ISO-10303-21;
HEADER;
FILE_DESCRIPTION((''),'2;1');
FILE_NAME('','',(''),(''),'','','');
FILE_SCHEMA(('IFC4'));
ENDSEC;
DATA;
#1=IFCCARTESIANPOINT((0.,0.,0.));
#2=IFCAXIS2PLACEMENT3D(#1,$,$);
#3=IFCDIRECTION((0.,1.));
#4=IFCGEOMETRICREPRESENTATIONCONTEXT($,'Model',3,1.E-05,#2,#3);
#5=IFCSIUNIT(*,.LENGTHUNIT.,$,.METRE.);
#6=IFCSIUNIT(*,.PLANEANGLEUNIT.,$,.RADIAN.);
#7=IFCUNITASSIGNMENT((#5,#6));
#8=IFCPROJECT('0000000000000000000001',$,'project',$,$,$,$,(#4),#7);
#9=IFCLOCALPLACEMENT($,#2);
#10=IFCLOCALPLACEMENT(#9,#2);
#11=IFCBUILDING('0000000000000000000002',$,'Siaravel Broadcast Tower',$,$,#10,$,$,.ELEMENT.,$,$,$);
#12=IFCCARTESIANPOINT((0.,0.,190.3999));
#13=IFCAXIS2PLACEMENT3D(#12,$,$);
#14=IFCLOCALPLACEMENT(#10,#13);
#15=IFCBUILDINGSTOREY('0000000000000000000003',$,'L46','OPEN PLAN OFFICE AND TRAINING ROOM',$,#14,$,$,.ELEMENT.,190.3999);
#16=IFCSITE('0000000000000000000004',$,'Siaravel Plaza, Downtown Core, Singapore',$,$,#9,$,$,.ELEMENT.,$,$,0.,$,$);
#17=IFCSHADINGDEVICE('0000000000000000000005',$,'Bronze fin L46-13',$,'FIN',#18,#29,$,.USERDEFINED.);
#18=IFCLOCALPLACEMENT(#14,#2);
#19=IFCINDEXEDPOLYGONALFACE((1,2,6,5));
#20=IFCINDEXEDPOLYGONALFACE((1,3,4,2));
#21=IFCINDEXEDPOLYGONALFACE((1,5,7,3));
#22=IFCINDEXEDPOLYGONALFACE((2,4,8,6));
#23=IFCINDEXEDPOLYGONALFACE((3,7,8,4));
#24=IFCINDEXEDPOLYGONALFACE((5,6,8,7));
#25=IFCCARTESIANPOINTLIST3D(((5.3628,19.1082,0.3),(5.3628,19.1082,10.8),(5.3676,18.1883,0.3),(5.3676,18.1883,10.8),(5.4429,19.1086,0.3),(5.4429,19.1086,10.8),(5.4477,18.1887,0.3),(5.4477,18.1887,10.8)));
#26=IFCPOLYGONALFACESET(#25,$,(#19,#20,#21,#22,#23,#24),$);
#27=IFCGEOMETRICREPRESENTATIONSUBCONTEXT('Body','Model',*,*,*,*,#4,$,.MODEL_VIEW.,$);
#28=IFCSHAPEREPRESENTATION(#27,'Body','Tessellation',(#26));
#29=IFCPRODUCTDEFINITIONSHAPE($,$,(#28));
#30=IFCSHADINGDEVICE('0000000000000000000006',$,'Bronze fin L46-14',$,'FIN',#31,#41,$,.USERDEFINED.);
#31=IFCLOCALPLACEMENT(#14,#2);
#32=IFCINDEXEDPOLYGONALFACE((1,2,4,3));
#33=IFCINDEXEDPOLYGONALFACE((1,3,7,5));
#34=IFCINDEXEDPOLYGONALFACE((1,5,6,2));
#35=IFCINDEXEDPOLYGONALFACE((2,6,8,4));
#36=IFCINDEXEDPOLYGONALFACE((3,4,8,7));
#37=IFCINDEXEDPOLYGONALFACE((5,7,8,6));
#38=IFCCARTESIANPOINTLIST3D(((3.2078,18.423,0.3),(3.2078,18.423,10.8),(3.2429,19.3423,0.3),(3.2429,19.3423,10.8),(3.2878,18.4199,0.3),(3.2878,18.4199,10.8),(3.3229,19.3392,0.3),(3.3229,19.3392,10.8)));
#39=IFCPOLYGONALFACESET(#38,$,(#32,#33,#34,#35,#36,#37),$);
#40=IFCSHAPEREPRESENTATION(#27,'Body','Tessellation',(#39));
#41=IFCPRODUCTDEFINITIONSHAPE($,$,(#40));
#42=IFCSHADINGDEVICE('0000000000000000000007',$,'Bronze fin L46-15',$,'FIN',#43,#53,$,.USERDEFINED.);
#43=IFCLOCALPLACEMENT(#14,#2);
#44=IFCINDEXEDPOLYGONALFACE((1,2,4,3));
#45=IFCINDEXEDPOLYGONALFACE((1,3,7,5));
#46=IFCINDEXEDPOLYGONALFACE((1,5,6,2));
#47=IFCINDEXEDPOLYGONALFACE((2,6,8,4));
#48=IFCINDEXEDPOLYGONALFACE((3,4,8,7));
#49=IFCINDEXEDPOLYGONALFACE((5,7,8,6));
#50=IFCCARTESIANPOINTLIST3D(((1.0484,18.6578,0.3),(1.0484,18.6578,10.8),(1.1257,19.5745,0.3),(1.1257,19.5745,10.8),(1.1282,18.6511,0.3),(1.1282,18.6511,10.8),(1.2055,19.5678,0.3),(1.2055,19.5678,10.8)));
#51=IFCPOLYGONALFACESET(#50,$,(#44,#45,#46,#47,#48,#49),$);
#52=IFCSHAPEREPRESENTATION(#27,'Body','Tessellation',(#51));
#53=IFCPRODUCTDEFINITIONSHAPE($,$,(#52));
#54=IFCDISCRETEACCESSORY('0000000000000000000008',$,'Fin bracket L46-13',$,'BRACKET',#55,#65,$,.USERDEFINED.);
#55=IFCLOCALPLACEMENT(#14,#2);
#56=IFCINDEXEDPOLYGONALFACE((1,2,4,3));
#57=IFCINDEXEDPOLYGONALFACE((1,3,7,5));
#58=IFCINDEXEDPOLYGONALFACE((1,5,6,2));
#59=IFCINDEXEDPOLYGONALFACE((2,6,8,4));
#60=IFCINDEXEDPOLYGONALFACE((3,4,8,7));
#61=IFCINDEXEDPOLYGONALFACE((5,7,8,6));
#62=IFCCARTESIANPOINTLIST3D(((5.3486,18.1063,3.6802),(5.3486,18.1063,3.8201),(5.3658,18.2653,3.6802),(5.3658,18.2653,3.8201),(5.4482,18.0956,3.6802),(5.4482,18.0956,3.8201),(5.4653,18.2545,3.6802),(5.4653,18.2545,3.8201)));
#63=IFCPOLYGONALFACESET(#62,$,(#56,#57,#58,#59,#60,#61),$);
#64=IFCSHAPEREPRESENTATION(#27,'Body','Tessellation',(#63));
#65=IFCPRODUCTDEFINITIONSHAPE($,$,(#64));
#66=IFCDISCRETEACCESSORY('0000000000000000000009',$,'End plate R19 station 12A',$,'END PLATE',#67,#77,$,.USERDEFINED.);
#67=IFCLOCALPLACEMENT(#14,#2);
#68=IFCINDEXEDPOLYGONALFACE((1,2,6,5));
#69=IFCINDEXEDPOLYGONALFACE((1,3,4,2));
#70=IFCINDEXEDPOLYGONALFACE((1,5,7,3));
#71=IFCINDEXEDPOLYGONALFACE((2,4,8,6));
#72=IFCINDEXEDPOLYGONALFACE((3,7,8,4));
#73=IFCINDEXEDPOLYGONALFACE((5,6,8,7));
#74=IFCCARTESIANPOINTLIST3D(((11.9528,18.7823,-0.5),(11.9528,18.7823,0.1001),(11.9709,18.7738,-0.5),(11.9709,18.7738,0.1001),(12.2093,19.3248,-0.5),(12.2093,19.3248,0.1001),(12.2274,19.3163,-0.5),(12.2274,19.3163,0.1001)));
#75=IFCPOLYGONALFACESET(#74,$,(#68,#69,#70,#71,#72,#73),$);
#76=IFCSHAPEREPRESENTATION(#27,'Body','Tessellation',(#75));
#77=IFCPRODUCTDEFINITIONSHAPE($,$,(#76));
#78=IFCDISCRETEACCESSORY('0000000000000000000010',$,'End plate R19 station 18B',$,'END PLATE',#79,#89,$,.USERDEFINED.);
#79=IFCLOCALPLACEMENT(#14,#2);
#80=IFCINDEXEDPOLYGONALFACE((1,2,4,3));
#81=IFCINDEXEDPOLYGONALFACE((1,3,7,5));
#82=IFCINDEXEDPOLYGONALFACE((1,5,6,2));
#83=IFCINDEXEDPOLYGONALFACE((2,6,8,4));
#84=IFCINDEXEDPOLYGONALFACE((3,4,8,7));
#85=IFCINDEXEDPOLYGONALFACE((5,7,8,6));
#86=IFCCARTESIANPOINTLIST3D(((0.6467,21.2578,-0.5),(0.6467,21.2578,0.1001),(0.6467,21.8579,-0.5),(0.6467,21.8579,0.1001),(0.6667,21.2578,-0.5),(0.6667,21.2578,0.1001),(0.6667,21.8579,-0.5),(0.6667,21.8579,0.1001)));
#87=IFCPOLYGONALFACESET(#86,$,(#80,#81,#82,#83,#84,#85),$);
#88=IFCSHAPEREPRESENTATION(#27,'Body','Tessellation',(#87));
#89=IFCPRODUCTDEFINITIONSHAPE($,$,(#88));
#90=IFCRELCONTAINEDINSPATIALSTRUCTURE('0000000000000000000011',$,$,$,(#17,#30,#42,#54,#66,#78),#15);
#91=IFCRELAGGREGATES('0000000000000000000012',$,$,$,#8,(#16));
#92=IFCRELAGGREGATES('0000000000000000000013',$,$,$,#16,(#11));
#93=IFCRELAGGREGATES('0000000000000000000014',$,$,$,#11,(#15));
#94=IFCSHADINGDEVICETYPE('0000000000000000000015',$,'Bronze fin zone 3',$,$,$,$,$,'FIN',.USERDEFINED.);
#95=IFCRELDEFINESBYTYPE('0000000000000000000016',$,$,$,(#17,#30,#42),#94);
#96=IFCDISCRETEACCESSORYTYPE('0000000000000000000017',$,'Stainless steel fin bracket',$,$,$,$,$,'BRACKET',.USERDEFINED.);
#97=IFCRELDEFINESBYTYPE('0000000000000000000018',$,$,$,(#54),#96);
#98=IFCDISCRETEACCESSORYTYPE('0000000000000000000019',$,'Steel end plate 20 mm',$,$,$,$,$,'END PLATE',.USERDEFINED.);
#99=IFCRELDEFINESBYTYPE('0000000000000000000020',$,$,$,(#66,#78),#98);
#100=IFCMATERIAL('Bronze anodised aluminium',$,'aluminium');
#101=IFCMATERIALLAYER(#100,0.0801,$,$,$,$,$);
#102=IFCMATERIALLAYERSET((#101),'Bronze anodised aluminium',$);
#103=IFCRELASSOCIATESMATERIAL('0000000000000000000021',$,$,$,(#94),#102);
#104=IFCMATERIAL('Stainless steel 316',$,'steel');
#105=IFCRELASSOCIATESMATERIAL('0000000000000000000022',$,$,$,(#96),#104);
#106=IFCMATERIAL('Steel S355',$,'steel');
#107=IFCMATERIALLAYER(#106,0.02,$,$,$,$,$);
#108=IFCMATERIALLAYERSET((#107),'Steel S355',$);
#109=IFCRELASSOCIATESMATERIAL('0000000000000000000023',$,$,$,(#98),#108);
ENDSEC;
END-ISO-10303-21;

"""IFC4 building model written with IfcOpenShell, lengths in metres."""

from ifc_helpers import new_model, si_unit, direction, frame, origin, origin_2d, place, context, subcontext, project, spatial, rectangle, extrude, material, layer, layer_set, type_object, element, save


model = new_model("IFC4")

# Units and contexts
model_context = context("Model", 3, precision=1e-05, world=origin(), true_north=direction((0.0, 1.0)))
body_context = subcontext(model_context, "Body", "Model", "MODEL_VIEW")
ifc_project = project(units=[si_unit("LENGTHUNIT", "METRE"), si_unit("PLANEANGLEUNIT", "RADIAN")], contexts=[model_context])

# Site, building, storey
site_placement = place(None, origin())
site = spatial("IfcSite", under=ifc_project, at=site_placement, Name="Siaravel Plaza, Downtown Core, Singapore", CompositionType="ELEMENT", RefElevation=0.0)
building_placement = place(site_placement, origin())
building = spatial("IfcBuilding", under=site, at=building_placement, Name="Siaravel Broadcast Tower", CompositionType="ELEMENT")
storey_placement = place(building_placement, frame((0.0, 0.0, 190.3999)))
storey = spatial("IfcBuildingStorey", under=building, at=storey_placement, Name="L46", Description="OPEN PLAN OFFICE AND TRAINING ROOM", CompositionType="ELEMENT", Elevation=190.3999)

# Shared definitions
ifc_material_1 = material(Name="Steel S355", Category="steel")

# Shading devices
ifc_material_2 = material(Name="Bronze anodised aluminium", Category="aluminium")
ifc_layer_1 = layer(ifc_material_2, 0.0801)
ifc_layer_set_1 = layer_set([ifc_layer_1], Name="Bronze anodised aluminium")
shading_device_type = type_object("IfcShadingDeviceType", Name="Bronze fin zone 3", ElementType="FIN", PredefinedType="USERDEFINED", material=ifc_layer_set_1)
for number, where, z_axis, x_axis, name in (
    (1, (5.4053, 18.6484, 0.3), (0.0, 0.0, 1.0), (-0.005198, 0.999986, 0.0), "Bronze fin L46-13"),
    (2, (3.2654, 18.8811, 0.3), (0.0, 0.0, 1.0), (0.03817, 0.999271, 0.0), "Bronze fin L46-14"),
    (3, (1.127, 19.1128, 0.3), (0.0, 0.0, 1.0), (0.084107, 0.996457, 0.0), "Bronze fin L46-15"),
):
    element("IfcShadingDevice", number, at=place(storey_placement, frame(where, z_axis=z_axis, x_axis=x_axis)), inside=storey, type_object=shading_device_type, Name=name, ObjectType="FIN", PredefinedType="USERDEFINED", context=body_context, shape_type="SweptSolid", body=[
        extrude(rectangle(XDim=0.9199, YDim=0.0801, at=origin_2d()), origin(), (0.0, 0.0, 1.0), 10.5),
    ])

# Discrete accessories
ifc_material_3 = material(Name="Stainless steel 316", Category="steel")
discrete_accessory_type_1 = type_object("IfcDiscreteAccessoryType", Name="Stainless steel fin bracket", ElementType="BRACKET", PredefinedType="USERDEFINED", material=ifc_material_3)
discrete_accessory_placement = place(storey_placement, frame((5.407, 18.1804, 3.6802), z_axis=(0.0, 0.0, 1.0), x_axis=(0.107217, 0.994236, 0.0)))
element("IfcDiscreteAccessory", 4, at=discrete_accessory_placement, inside=storey, type_object=discrete_accessory_type_1, Name="Fin bracket L46-13", ObjectType="BRACKET", PredefinedType="USERDEFINED", context=body_context, shape_type="SweptSolid", body=[
    extrude(rectangle(XDim=0.1599, YDim=0.1001, at=origin_2d()), origin(), (0.0, 0.0, 1.0), 0.1399),
])
ifc_layer_2 = layer(ifc_material_1, 0.02)
ifc_layer_set_2 = layer_set([ifc_layer_2], Name="Steel S355")
discrete_accessory_type_2 = type_object("IfcDiscreteAccessoryType", Name="Steel end plate 20 mm", ElementType="END PLATE", PredefinedType="USERDEFINED", material=ifc_layer_set_2)
for number, where, z_axis, x_axis, name in (
    (5, (12.0901, 19.0493, -0.5), (0.0, 0.0, 1.0), (-0.904007, 0.427517, 0.0), "End plate R19 station 12A"),
    (6, (0.6567, 21.5579, -0.5), (0.0, 0.0, 1.0), (-1.0, 0.0, 0.0), "End plate R19 station 18B"),
):
    element("IfcDiscreteAccessory", number, at=place(storey_placement, frame(where, z_axis=z_axis, x_axis=x_axis)), inside=storey, type_object=discrete_accessory_type_2, Name=name, ObjectType="END PLATE", PredefinedType="USERDEFINED", context=body_context, shape_type="SweptSolid", body=[
        extrude(rectangle(XDim=0.02, YDim=0.6001, at=origin_2d()), origin(), (0.0, 0.0, 1.0), 0.6001),
    ])

save(model, "model.ifc")
